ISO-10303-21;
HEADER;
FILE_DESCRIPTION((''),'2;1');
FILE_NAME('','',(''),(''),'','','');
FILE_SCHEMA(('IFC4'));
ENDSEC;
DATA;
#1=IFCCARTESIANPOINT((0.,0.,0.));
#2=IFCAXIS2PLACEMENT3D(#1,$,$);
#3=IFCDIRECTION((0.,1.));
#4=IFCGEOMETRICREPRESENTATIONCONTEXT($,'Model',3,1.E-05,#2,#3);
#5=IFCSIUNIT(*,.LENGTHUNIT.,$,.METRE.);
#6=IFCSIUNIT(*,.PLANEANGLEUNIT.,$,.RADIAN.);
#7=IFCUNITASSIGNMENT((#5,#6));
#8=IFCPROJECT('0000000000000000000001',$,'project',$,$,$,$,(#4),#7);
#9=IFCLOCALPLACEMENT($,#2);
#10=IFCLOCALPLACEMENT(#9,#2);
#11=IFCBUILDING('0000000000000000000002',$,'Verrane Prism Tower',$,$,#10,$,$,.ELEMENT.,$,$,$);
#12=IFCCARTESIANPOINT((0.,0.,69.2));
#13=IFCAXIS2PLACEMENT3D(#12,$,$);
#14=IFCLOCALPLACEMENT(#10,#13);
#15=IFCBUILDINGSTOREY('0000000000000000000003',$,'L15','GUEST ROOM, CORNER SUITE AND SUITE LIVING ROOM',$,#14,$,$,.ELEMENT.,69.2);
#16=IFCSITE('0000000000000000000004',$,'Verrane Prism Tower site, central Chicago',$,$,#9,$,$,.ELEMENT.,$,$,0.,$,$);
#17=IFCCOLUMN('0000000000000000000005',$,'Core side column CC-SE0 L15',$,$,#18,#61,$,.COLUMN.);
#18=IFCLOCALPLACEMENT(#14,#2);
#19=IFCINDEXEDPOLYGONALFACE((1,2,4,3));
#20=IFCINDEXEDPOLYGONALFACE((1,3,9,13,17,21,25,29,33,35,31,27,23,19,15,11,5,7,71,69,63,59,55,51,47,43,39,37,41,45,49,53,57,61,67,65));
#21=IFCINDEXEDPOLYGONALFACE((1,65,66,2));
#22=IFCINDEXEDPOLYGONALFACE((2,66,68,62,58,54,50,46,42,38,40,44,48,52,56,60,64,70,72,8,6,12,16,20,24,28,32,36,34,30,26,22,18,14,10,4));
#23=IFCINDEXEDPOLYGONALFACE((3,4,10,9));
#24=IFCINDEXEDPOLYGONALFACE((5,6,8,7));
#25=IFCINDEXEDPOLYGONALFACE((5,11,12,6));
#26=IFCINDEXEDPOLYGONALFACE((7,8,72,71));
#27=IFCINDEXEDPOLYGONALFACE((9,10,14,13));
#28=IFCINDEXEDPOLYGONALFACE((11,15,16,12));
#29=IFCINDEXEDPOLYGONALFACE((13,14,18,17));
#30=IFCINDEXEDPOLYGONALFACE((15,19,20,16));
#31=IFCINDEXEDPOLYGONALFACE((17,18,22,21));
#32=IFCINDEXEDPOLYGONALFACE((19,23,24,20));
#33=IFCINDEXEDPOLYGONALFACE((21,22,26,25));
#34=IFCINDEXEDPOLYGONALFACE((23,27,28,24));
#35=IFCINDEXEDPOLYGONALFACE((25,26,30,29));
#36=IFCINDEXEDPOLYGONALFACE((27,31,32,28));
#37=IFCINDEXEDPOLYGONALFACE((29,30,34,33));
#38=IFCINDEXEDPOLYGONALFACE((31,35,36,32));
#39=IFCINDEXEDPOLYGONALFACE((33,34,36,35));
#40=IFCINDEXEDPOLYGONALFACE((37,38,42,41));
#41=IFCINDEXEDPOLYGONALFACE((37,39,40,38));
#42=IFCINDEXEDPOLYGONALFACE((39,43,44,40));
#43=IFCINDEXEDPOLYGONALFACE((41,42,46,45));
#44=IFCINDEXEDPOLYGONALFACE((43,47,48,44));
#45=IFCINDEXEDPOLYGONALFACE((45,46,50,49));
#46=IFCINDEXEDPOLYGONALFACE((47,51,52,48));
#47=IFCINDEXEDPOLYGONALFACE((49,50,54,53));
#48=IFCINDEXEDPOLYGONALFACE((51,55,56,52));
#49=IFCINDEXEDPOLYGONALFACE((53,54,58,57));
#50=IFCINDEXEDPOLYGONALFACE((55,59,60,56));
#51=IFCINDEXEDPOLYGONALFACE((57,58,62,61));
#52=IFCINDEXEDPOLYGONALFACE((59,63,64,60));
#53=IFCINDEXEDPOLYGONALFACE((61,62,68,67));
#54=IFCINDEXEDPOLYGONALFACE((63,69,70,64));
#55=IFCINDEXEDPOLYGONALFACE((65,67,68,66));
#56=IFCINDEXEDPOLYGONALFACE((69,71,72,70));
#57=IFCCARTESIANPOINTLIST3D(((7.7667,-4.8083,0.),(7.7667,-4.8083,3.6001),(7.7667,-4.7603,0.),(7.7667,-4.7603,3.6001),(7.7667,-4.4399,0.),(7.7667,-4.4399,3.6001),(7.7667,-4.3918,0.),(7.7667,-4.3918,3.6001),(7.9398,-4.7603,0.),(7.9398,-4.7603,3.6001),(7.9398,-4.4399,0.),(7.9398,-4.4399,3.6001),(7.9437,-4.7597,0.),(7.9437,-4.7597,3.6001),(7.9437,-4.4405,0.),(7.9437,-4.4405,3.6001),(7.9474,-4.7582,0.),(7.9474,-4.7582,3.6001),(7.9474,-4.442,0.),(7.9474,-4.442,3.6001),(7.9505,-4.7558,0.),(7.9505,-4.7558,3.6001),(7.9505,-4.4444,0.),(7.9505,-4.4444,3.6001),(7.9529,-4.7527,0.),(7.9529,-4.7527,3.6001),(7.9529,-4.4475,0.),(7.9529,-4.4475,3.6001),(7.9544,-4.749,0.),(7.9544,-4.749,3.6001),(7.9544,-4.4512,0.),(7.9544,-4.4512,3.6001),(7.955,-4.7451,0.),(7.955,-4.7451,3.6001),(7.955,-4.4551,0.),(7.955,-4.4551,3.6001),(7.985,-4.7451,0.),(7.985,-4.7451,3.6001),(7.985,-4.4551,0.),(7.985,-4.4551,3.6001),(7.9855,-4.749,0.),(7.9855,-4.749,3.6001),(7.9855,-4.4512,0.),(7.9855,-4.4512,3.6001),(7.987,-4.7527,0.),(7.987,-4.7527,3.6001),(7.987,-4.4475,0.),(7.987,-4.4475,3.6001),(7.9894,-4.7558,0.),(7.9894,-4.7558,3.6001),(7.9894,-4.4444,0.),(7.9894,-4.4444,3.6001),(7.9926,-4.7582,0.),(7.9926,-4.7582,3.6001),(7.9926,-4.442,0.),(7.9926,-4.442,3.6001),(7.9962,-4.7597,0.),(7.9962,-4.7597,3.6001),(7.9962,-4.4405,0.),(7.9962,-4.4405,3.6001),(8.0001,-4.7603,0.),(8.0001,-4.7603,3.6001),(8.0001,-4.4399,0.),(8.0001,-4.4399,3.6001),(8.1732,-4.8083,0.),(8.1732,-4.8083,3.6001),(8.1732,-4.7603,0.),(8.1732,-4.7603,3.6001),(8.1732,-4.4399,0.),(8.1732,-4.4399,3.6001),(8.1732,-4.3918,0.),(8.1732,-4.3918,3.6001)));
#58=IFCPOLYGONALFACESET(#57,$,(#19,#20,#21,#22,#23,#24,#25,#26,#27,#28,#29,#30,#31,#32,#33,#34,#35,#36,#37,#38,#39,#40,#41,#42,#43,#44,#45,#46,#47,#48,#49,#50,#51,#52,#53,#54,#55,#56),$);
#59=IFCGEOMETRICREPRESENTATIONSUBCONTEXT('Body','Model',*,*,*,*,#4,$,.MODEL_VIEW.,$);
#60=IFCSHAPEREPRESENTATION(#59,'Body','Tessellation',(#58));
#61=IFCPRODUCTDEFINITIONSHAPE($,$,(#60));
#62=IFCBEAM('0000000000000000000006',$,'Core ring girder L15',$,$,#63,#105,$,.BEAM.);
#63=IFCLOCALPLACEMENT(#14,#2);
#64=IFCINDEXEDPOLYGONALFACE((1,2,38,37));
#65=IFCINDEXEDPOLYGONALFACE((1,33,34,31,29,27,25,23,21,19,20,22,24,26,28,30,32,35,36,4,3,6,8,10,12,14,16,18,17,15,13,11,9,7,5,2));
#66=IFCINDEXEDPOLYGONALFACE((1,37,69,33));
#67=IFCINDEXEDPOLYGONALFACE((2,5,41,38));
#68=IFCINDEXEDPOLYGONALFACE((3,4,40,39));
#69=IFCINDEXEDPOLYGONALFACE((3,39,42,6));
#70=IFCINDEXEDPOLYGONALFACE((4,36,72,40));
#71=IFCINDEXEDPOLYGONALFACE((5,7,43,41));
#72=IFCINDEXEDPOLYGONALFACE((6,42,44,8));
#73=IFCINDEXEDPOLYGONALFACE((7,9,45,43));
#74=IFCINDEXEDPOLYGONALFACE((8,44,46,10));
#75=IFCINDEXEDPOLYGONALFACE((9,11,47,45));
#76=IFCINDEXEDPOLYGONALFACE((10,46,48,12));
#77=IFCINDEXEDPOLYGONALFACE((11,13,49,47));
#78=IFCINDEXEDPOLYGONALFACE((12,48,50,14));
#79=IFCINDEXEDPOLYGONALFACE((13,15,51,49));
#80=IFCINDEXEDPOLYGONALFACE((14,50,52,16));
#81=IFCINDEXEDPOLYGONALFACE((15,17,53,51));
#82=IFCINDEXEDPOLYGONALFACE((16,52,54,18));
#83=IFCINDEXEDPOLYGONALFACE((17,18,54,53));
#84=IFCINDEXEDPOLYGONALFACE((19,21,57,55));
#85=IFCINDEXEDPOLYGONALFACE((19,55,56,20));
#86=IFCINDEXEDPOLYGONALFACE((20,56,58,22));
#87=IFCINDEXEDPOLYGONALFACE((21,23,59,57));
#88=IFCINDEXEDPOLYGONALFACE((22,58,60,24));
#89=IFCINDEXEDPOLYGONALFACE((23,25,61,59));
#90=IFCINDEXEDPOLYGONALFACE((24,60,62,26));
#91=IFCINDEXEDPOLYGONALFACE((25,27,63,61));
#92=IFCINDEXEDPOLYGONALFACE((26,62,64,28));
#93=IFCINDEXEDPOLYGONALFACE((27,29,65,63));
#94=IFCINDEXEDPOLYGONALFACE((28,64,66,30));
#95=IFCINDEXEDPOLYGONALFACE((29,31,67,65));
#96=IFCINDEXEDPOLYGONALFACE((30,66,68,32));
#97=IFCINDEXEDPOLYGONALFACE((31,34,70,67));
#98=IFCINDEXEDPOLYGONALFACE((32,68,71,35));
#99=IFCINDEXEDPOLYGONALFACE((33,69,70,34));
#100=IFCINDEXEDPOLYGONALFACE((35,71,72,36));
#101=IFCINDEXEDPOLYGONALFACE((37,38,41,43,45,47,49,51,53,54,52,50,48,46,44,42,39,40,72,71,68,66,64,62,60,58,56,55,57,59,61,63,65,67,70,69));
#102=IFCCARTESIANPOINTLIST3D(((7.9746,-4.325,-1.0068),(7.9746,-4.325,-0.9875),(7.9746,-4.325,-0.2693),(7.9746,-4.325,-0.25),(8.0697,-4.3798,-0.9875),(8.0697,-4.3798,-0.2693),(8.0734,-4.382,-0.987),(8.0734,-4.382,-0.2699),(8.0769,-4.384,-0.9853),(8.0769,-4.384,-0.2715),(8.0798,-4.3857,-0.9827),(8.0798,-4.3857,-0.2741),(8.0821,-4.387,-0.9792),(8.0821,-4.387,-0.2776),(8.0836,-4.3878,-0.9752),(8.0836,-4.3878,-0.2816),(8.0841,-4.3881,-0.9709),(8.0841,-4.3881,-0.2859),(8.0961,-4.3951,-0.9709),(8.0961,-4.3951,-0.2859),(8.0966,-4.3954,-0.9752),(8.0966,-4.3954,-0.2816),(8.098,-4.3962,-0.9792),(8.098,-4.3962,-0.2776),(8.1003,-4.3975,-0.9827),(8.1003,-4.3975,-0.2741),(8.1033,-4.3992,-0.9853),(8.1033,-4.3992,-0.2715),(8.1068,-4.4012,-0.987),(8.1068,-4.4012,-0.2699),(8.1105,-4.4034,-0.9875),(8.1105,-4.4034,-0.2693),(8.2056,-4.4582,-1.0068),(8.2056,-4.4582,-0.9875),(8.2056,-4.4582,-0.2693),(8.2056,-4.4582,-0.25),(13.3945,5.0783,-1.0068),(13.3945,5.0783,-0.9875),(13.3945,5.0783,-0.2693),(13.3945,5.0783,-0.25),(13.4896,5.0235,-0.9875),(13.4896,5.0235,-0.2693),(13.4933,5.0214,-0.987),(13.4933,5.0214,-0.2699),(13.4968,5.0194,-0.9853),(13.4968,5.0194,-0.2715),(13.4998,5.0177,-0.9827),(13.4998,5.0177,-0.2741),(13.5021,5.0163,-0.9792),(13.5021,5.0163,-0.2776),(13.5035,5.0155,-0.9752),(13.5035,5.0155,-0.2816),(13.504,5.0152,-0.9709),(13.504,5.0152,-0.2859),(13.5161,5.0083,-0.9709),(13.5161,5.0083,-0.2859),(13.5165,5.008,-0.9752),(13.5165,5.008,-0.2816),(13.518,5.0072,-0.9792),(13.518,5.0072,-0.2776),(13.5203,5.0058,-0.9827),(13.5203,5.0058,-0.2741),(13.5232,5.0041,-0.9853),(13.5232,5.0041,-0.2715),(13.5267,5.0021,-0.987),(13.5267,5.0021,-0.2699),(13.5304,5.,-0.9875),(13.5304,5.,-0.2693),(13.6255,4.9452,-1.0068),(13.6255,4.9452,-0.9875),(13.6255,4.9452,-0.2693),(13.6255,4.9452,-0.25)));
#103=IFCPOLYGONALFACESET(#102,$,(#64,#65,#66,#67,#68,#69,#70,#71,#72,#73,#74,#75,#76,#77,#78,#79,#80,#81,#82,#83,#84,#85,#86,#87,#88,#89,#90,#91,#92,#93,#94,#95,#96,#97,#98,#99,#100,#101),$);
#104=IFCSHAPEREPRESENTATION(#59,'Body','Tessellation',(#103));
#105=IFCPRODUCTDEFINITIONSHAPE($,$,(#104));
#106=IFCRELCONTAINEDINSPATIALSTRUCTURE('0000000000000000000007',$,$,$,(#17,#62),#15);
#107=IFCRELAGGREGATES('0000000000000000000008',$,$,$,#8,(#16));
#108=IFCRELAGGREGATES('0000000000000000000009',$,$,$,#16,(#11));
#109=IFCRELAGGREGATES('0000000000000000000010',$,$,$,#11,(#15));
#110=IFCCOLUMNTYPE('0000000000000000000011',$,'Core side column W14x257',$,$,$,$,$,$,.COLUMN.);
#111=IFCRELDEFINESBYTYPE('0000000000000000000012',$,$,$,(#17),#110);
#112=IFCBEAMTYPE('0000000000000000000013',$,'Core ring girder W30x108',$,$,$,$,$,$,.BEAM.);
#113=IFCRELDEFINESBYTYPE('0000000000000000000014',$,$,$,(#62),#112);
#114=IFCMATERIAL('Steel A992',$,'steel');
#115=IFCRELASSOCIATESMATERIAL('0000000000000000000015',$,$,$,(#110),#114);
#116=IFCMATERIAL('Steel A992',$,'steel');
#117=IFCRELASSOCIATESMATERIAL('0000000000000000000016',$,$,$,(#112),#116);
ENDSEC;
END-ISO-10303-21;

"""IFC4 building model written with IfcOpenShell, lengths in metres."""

from ifc_helpers import new_model, si_unit, direction, frame, origin, origin_2d, place, context, subcontext, project, spatial, i_section, extrude, material, material_profile, profile_set, type_object, element, save


model = new_model("IFC4")

# Units and contexts
model_context = context("Model", 3, precision=1e-05, world=origin(), true_north=direction((0.0, 1.0)))
body_context = subcontext(model_context, "Body", "Model", "MODEL_VIEW")
ifc_project = project(units=[si_unit("LENGTHUNIT", "METRE"), si_unit("PLANEANGLEUNIT", "RADIAN")], contexts=[model_context])

# Site, building, storey
site_placement = place(None, origin())
site = spatial("IfcSite", under=ifc_project, at=site_placement, Name="Verrane Prism Tower site, central Chicago", CompositionType="ELEMENT", RefElevation=0.0)
building_placement = place(site_placement, origin())
building = spatial("IfcBuilding", under=site, at=building_placement, Name="Verrane Prism Tower", CompositionType="ELEMENT")
storey_placement = place(building_placement, frame((0.0, 0.0, 69.2)))
storey = spatial("IfcBuildingStorey", under=building, at=storey_placement, Name="L15", Description="GUEST ROOM, CORNER SUITE AND SUITE LIVING ROOM", CompositionType="ELEMENT", Elevation=69.2)

# Column
ifc_material_1 = material(Name="Steel A992", Category="steel")
ifc_material_profile_1 = material_profile(ifc_material_1, i_section(OverallWidth=0.4065, OverallDepth=0.4165, WebThickness=0.03, FlangeThickness=0.0481, FilletRadius=0.0151, at=origin_2d()), Name="W14x257")
ifc_profile_set_1 = profile_set([ifc_material_profile_1], Name="Steel A992")
column_type = type_object("IfcColumnType", Name="Core side column W14x257", PredefinedType="COLUMN", material=ifc_profile_set_1)
column_placement = place(storey_placement, frame((7.97, -4.6001, 0.0), z_axis=(0.0, 0.0, 1.0), x_axis=(1.0, 0.0, 0.0)))
element("IfcColumn", 1, at=column_placement, inside=storey, type_object=column_type, Name="Core side column CC-SE0 L15", PredefinedType="COLUMN", context=body_context, shape_type="SweptSolid", body=[
    extrude(i_section(OverallWidth=0.4065, OverallDepth=0.4165, WebThickness=0.03, FlangeThickness=0.0481, FilletRadius=0.0151, at=origin_2d()), origin(), (0.0, 0.0, 1.0), 3.6001),
])

# Beam
ifc_material_2 = material(Name="Steel A992", Category="steel")
ifc_material_profile_2 = material_profile(ifc_material_2, i_section(OverallWidth=0.2666, OverallDepth=0.7568, WebThickness=0.0139, FlangeThickness=0.0193, FilletRadius=0.0166, at=origin_2d()), Name="W30x108")
ifc_profile_set_2 = profile_set([ifc_material_profile_2], Name="Steel A992")
beam_type = type_object("IfcBeamType", Name="Core ring girder W30x108", PredefinedType="BEAM", material=ifc_profile_set_2)
beam_placement = place(storey_placement, frame((8.0901, -4.3916, -0.6284), z_axis=(0.499372, 0.866388, 0.0), x_axis=(-0.866388, 0.499372, 0.0)))
element("IfcBeam", 2, at=beam_placement, inside=storey, type_object=beam_type, Name="Core ring girder L15", PredefinedType="BEAM", context=body_context, shape_type="SweptSolid", body=[
    extrude(i_section(OverallWidth=0.2666, OverallDepth=0.7568, WebThickness=0.0139, FlangeThickness=0.0193, FilletRadius=0.0166, at=origin_2d()), origin(), (0.0, 0.0, 1.0), 10.8535),
])

save(model, "model.ifc")
